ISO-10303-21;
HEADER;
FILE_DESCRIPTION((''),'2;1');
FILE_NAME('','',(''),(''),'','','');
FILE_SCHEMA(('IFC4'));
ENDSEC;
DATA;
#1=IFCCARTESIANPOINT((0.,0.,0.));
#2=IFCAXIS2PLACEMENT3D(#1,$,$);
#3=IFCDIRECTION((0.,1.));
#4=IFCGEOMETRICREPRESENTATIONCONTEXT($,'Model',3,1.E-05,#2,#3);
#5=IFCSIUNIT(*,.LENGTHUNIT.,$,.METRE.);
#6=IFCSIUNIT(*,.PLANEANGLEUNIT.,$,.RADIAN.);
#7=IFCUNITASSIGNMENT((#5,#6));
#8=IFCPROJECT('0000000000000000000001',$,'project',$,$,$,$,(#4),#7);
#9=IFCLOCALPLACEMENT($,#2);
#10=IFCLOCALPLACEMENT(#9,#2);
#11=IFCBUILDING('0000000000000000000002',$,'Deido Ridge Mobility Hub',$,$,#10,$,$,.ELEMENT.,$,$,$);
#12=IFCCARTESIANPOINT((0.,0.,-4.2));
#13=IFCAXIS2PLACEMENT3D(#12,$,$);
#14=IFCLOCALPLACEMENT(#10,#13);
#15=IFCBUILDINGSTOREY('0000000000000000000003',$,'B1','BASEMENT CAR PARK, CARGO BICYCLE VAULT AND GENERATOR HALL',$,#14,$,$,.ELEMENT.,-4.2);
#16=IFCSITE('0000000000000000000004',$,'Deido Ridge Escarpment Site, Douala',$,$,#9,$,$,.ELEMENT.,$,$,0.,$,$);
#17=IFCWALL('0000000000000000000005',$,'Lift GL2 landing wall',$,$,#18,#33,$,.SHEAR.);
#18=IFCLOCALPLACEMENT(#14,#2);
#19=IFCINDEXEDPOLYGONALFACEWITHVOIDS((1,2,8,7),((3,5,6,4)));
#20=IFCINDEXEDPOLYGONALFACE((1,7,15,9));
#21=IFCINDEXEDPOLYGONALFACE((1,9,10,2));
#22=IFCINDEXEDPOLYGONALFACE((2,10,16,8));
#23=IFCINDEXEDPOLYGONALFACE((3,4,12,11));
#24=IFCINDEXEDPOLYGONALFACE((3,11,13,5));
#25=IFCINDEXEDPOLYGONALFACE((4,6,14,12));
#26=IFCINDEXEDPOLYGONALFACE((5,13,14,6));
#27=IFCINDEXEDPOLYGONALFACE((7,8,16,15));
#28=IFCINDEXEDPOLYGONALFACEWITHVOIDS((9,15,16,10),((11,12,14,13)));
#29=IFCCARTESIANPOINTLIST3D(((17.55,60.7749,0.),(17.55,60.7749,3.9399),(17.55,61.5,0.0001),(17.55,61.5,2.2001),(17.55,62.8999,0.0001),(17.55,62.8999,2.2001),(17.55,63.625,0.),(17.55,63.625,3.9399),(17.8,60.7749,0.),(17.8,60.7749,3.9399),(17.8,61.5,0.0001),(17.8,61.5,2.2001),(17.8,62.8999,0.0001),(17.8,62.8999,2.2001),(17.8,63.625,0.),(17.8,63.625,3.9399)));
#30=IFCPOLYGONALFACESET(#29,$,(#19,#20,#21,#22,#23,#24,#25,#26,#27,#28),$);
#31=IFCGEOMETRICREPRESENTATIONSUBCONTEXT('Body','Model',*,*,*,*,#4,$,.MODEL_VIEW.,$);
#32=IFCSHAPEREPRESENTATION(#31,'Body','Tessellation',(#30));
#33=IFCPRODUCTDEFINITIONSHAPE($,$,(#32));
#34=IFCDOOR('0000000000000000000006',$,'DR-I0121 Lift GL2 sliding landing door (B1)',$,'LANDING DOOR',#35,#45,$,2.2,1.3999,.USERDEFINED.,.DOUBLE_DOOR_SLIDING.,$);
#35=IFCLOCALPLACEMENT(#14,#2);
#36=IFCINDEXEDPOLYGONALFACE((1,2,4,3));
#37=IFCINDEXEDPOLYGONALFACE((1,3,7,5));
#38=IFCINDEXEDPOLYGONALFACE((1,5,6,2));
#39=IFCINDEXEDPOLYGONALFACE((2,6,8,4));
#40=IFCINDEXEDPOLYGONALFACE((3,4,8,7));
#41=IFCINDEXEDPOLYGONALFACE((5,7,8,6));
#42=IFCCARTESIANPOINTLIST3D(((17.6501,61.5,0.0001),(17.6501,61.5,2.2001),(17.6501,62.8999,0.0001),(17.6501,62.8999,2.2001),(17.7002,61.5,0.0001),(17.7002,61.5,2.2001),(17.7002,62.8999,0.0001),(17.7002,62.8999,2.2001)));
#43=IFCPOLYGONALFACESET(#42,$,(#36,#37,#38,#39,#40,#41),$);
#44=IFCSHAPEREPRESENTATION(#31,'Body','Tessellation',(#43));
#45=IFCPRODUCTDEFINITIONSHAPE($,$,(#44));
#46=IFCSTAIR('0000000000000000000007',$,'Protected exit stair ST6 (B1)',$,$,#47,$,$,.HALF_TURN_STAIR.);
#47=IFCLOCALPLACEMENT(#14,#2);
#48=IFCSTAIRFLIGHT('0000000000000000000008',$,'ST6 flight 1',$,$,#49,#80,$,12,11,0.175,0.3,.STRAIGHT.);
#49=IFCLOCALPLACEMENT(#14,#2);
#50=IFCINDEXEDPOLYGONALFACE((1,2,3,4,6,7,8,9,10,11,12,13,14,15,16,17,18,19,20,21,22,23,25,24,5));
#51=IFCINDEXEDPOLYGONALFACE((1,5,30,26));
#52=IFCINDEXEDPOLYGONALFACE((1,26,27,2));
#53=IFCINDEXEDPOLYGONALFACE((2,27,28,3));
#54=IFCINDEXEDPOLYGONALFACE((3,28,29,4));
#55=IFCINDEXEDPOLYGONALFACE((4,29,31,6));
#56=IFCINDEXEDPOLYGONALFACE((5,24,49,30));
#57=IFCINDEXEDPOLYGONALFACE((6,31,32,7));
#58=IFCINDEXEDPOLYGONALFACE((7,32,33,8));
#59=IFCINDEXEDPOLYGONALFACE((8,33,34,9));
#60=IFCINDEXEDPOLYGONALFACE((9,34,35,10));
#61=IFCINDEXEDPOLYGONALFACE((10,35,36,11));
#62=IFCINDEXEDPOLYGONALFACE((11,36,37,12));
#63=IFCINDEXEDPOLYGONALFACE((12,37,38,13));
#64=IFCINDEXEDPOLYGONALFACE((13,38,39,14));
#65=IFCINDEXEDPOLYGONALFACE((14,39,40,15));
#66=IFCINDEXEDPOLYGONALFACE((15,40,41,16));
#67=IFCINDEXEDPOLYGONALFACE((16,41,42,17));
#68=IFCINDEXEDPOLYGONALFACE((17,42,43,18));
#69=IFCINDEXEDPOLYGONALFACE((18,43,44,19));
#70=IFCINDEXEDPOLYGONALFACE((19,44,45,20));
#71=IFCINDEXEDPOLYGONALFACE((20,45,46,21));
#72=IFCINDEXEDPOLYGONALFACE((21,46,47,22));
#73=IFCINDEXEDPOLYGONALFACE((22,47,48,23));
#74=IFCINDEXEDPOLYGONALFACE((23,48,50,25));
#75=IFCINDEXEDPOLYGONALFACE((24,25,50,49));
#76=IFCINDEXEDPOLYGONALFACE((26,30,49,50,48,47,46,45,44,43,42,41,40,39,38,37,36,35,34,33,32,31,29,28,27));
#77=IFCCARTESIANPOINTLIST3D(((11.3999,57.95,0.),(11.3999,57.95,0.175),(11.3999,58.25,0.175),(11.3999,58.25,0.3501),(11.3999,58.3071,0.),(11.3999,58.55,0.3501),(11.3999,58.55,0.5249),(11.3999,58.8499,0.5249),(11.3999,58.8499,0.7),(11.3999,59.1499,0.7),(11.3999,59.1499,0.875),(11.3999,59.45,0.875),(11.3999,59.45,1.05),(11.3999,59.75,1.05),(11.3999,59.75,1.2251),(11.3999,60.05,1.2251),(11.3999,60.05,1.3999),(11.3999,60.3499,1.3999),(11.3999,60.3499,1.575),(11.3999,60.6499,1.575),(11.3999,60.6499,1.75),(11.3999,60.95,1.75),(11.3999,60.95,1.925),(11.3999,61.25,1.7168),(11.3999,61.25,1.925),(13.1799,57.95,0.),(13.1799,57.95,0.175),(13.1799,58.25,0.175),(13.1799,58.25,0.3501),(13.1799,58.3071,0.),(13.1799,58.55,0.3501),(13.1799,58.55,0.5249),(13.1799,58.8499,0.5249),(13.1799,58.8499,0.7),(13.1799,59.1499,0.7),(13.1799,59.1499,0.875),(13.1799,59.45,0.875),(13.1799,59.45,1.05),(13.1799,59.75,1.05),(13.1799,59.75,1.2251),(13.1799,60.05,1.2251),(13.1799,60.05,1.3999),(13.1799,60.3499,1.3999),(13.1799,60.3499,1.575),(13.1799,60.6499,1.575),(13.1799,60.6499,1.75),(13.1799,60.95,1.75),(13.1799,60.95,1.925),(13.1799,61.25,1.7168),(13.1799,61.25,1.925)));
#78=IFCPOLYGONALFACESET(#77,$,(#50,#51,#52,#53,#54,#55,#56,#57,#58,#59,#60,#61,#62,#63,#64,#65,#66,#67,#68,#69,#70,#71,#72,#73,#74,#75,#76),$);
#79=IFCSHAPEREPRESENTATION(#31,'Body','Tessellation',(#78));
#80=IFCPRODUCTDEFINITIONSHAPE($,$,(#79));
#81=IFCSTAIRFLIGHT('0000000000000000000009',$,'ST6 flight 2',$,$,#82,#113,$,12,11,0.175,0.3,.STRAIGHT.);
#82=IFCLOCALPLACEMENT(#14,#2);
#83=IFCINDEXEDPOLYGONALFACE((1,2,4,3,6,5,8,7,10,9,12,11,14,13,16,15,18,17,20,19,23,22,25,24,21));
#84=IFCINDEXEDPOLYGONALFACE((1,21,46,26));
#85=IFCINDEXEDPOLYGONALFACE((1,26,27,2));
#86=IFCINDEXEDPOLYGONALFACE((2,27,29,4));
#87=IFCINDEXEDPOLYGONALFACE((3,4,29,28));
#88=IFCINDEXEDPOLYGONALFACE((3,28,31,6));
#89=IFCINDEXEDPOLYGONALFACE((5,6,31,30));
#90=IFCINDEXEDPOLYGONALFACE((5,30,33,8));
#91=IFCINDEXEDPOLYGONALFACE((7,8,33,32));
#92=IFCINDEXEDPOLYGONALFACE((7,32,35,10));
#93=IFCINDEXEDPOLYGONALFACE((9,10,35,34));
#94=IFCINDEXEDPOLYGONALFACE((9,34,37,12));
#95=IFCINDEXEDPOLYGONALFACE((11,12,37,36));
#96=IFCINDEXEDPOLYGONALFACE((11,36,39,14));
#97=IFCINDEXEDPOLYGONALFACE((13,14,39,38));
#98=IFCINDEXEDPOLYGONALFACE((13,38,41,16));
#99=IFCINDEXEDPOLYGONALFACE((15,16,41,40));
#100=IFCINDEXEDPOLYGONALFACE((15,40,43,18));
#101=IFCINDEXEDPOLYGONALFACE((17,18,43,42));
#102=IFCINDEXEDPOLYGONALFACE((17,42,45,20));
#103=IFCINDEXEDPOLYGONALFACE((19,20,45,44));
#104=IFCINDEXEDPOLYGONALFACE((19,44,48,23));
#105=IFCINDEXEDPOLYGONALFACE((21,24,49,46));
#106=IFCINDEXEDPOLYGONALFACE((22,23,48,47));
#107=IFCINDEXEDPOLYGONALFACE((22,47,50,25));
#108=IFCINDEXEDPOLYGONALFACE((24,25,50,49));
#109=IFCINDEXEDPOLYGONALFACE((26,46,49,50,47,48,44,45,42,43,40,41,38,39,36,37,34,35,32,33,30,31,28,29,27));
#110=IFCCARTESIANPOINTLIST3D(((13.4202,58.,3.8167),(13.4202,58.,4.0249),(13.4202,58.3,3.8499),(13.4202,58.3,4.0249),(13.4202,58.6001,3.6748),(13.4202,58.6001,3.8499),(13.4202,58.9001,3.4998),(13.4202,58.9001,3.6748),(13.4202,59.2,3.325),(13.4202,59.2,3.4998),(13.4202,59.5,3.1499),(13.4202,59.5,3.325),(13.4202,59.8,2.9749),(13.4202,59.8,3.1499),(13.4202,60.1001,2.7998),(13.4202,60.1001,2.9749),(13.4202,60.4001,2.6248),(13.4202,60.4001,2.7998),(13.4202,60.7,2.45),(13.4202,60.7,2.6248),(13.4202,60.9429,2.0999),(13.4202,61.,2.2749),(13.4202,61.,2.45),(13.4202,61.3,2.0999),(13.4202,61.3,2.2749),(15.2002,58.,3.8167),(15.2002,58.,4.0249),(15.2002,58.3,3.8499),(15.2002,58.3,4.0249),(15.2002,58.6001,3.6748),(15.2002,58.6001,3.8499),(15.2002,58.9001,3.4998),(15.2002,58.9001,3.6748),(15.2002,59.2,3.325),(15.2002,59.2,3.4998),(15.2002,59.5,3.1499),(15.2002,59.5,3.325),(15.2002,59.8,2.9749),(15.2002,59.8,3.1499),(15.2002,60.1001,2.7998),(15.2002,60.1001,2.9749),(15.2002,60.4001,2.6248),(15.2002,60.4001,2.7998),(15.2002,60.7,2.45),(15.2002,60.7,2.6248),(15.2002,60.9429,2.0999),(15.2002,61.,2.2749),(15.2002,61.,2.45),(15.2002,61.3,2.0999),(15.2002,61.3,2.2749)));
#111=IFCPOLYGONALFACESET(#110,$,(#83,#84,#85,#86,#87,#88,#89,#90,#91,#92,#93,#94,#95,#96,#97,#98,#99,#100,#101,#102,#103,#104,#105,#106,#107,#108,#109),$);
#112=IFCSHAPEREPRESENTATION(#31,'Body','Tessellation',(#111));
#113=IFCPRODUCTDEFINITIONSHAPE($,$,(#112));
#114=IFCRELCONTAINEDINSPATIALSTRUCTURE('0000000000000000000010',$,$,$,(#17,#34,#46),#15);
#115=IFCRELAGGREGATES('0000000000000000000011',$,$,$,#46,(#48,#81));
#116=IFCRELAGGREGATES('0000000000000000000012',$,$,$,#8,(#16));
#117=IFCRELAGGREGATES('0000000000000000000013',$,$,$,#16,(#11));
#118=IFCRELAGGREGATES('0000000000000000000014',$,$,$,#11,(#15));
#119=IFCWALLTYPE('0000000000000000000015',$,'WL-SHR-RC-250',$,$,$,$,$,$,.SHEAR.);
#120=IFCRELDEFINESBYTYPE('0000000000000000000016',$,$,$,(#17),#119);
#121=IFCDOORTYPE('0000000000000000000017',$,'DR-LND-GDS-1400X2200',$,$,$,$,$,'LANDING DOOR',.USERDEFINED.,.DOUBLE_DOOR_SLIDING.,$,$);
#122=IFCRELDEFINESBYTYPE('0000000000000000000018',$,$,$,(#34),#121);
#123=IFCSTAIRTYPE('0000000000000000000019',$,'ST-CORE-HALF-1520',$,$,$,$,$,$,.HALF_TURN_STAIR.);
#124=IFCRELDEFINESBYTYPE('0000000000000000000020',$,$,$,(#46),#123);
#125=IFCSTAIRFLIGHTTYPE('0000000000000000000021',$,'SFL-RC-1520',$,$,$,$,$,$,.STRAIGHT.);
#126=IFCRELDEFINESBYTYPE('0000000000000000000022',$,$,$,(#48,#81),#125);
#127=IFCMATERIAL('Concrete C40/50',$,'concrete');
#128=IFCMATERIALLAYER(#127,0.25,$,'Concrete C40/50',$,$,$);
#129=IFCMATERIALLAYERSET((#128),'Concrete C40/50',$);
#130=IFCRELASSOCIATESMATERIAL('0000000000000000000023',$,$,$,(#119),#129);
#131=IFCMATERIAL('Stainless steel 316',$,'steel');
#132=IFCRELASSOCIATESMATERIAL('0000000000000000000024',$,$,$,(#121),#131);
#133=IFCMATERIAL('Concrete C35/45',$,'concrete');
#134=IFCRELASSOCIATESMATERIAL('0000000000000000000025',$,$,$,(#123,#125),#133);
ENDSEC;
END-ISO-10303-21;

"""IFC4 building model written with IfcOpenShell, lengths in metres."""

from ifc_helpers import new_model, si_unit, direction, frame, frame_2d, origin, place, context, subcontext, project, spatial, polyline, rectangle, outline, extrude, material, layer, layer_set, type_object, element, fill, aggregate, save


model = new_model("IFC4")

# Units and contexts
model_context = context("Model", 3, precision=1e-05, world=origin(), true_north=direction((0.0, 1.0)))
body_context = subcontext(model_context, "Body", "Model", "MODEL_VIEW")
ifc_project = project(units=[si_unit("LENGTHUNIT", "METRE"), si_unit("PLANEANGLEUNIT", "RADIAN")], contexts=[model_context])

# Site, building, storey
site_placement = place(None, origin())
site = spatial("IfcSite", under=ifc_project, at=site_placement, Name="Deido Ridge Escarpment Site, Douala", CompositionType="ELEMENT", RefElevation=0.0)
building_placement = place(site_placement, origin())
building = spatial("IfcBuilding", under=site, at=building_placement, Name="Deido Ridge Mobility Hub", CompositionType="ELEMENT")
storey_placement = place(building_placement, frame((0.0, 0.0, -4.2)))
storey = spatial("IfcBuildingStorey", under=building, at=storey_placement, Name="B1", Description="BASEMENT CAR PARK, CARGO BICYCLE VAULT AND GENERATOR HALL", CompositionType="ELEMENT", Elevation=-4.2)

# Shared definitions
ifc_material_1 = material(Name="Concrete C40/50", Category="concrete")

# Shared definitions
ifc_layer = layer(ifc_material_1, 0.25, Name="Concrete C40/50")
ifc_layer_set = layer_set([ifc_layer], Name="Concrete C40/50")
wall_type = type_object("IfcWallType", Name="WL-SHR-RC-250", PredefinedType="SHEAR", material=ifc_layer_set)

# Shared definitions
ifc_material_2 = material(Name="Stainless steel 316", Category="steel")

# Wall, opening, door
wall_1_placement = place(storey_placement, frame((17.675, 60.7749, 0.0), z_axis=(0.0, 0.0, 1.0), x_axis=(0.0, 1.0, 0.0)))
wall_1 = element("IfcWall", 1, at=wall_1_placement, inside=storey, type_object=wall_type, Name="Lift GL2 landing wall", PredefinedType="SHEAR", context=body_context, shape_type="SweptSolid", body=[
    extrude(rectangle(XDim=2.8501, YDim=0.25, at=frame_2d((1.425, 0.0))), origin(), (0.0, 0.0, 1.0), 3.9399),
])
opening_1_placement = place(wall_1_placement, frame((0.7251, 0.0, 0.0)))
opening_1 = element("IfcOpeningElement", 2, at=opening_1_placement, cuts=wall_1, PredefinedType="OPENING", context=body_context, shape_type="SweptSolid", body=[
    extrude(rectangle(XDim=1.3999, YDim=2.2, at=frame_2d((0.7, 1.1001))), frame((0.0, 0.135, 0.0), z_axis=(0.0, -1.0, 0.0), x_axis=(1.0, 0.0, 0.0)), (0.0, 0.0, 1.0), 0.27),
])
door_type_1 = type_object("IfcDoorType", Name="DR-LND-GDS-1400X2200", ElementType="LANDING DOOR", OperationType="DOUBLE_DOOR_SLIDING", PredefinedType="USERDEFINED", material=ifc_material_2)
door_1_placement = place(opening_1_placement, origin())
door_1 = element("IfcDoor", 3, at=door_1_placement, inside=storey, type_object=door_type_1, Name="DR-I0121 Lift GL2 sliding landing door (B1)", ObjectType="LANDING DOOR", OperationType="DOUBLE_DOOR_SLIDING", OverallHeight=2.2, OverallWidth=1.3999, PredefinedType="USERDEFINED", context=body_context, shape_type="SweptSolid", body=[
    extrude(rectangle(XDim=1.3999, YDim=2.2, at=frame_2d((0.7, 1.1001))), frame((0.0, 0.0249, 0.0), z_axis=(0.0, -1.0, 0.0), x_axis=(1.0, 0.0, 0.0)), (0.0, 0.0, 1.0), 0.05),
])
fill(opening_1, door_1)

# Stair, stair flights
ifc_material_3 = material(Name="Concrete C35/45", Category="concrete")
stair_type = type_object("IfcStairType", Name="ST-CORE-HALF-1520", PredefinedType="HALF_TURN_STAIR", material=ifc_material_3)
stair_placement = place(storey_placement, origin())
stair = element("IfcStair", 4, at=stair_placement, inside=storey, type_object=stair_type, Name="Protected exit stair ST6 (B1)", PredefinedType="HALF_TURN_STAIR")
stair_flight_type = type_object("IfcStairFlightType", Name="SFL-RC-1520", PredefinedType="STRAIGHT", material=ifc_material_3)
stair_flight_1_placement = place(storey_placement, frame((12.29, 57.95, 0.0), z_axis=(0.0, 0.0, 1.0), x_axis=(0.0, 1.0, 0.0)))
stair_flight_1 = element("IfcStairFlight", 5, at=stair_flight_1_placement, type_object=stair_flight_type, Name="ST6 flight 1", NumberOfRisers=12, NumberOfTreads=11, PredefinedType="STRAIGHT", RiserHeight=0.175, TreadLength=0.3, context=body_context, shape_type="SweptSolid", body=[
    extrude(outline(polyline([(0.0, 0.0), (0.0, 0.175), (0.3, 0.175), (0.3, 0.3501), (0.6001, 0.3501), (0.6001, 0.5249), (0.8999, 0.5249), (0.8999, 0.7), (1.2, 0.7), (1.2, 0.875), (1.5, 0.875), (1.5, 1.05), (1.8, 1.05), (1.8, 1.2251), (2.1001, 1.2251), (2.1001, 1.3999), (2.3999, 1.3999), (2.3999, 1.575), (2.7, 1.575), (2.7, 1.75), (3.0, 1.75), (3.0, 1.925), (3.3, 1.925), (3.3, 2.1001), (3.3, 1.7168), (0.3572, 0.0), (0.0, 0.0)])), frame((0.0, 0.8901, 0.0), z_axis=(0.0, -1.0, 0.0), x_axis=(1.0, 0.0, 0.0)), (0.0, 0.0, 1.0), 1.78),
])
stair_flight_2_placement = place(storey_placement, frame((14.3101, 61.3, 2.0999), z_axis=(0.0, 0.0, 1.0), x_axis=(0.0, -1.0, 0.0)))
stair_flight_2 = element("IfcStairFlight", 6, at=stair_flight_2_placement, type_object=stair_flight_type, Name="ST6 flight 2", NumberOfRisers=12, NumberOfTreads=11, PredefinedType="STRAIGHT", RiserHeight=0.175, TreadLength=0.3, context=body_context, shape_type="SweptSolid", body=[
    extrude(outline(polyline([(0.0, 0.0), (0.0, 0.175), (0.3, 0.175), (0.3, 0.3501), (0.6001, 0.3501), (0.6001, 0.5249), (0.8999, 0.5249), (0.8999, 0.7), (1.2, 0.7), (1.2, 0.875), (1.5, 0.875), (1.5, 1.05), (1.8, 1.05), (1.8, 1.2251), (2.1001, 1.2251), (2.1001, 1.3999), (2.3999, 1.3999), (2.3999, 1.575), (2.7, 1.575), (2.7, 1.75), (3.0, 1.75), (3.0, 1.925), (3.3, 1.925), (3.3, 2.1001), (3.3, 1.7168), (0.3572, 0.0), (0.0, 0.0)])), frame((0.0, 0.8901, 0.0), z_axis=(0.0, -1.0, 0.0), x_axis=(1.0, 0.0, 0.0)), (0.0, 0.0, 1.0), 1.78),
])
aggregate(stair, [stair_flight_1, stair_flight_2])

save(model, "model.ifc")
